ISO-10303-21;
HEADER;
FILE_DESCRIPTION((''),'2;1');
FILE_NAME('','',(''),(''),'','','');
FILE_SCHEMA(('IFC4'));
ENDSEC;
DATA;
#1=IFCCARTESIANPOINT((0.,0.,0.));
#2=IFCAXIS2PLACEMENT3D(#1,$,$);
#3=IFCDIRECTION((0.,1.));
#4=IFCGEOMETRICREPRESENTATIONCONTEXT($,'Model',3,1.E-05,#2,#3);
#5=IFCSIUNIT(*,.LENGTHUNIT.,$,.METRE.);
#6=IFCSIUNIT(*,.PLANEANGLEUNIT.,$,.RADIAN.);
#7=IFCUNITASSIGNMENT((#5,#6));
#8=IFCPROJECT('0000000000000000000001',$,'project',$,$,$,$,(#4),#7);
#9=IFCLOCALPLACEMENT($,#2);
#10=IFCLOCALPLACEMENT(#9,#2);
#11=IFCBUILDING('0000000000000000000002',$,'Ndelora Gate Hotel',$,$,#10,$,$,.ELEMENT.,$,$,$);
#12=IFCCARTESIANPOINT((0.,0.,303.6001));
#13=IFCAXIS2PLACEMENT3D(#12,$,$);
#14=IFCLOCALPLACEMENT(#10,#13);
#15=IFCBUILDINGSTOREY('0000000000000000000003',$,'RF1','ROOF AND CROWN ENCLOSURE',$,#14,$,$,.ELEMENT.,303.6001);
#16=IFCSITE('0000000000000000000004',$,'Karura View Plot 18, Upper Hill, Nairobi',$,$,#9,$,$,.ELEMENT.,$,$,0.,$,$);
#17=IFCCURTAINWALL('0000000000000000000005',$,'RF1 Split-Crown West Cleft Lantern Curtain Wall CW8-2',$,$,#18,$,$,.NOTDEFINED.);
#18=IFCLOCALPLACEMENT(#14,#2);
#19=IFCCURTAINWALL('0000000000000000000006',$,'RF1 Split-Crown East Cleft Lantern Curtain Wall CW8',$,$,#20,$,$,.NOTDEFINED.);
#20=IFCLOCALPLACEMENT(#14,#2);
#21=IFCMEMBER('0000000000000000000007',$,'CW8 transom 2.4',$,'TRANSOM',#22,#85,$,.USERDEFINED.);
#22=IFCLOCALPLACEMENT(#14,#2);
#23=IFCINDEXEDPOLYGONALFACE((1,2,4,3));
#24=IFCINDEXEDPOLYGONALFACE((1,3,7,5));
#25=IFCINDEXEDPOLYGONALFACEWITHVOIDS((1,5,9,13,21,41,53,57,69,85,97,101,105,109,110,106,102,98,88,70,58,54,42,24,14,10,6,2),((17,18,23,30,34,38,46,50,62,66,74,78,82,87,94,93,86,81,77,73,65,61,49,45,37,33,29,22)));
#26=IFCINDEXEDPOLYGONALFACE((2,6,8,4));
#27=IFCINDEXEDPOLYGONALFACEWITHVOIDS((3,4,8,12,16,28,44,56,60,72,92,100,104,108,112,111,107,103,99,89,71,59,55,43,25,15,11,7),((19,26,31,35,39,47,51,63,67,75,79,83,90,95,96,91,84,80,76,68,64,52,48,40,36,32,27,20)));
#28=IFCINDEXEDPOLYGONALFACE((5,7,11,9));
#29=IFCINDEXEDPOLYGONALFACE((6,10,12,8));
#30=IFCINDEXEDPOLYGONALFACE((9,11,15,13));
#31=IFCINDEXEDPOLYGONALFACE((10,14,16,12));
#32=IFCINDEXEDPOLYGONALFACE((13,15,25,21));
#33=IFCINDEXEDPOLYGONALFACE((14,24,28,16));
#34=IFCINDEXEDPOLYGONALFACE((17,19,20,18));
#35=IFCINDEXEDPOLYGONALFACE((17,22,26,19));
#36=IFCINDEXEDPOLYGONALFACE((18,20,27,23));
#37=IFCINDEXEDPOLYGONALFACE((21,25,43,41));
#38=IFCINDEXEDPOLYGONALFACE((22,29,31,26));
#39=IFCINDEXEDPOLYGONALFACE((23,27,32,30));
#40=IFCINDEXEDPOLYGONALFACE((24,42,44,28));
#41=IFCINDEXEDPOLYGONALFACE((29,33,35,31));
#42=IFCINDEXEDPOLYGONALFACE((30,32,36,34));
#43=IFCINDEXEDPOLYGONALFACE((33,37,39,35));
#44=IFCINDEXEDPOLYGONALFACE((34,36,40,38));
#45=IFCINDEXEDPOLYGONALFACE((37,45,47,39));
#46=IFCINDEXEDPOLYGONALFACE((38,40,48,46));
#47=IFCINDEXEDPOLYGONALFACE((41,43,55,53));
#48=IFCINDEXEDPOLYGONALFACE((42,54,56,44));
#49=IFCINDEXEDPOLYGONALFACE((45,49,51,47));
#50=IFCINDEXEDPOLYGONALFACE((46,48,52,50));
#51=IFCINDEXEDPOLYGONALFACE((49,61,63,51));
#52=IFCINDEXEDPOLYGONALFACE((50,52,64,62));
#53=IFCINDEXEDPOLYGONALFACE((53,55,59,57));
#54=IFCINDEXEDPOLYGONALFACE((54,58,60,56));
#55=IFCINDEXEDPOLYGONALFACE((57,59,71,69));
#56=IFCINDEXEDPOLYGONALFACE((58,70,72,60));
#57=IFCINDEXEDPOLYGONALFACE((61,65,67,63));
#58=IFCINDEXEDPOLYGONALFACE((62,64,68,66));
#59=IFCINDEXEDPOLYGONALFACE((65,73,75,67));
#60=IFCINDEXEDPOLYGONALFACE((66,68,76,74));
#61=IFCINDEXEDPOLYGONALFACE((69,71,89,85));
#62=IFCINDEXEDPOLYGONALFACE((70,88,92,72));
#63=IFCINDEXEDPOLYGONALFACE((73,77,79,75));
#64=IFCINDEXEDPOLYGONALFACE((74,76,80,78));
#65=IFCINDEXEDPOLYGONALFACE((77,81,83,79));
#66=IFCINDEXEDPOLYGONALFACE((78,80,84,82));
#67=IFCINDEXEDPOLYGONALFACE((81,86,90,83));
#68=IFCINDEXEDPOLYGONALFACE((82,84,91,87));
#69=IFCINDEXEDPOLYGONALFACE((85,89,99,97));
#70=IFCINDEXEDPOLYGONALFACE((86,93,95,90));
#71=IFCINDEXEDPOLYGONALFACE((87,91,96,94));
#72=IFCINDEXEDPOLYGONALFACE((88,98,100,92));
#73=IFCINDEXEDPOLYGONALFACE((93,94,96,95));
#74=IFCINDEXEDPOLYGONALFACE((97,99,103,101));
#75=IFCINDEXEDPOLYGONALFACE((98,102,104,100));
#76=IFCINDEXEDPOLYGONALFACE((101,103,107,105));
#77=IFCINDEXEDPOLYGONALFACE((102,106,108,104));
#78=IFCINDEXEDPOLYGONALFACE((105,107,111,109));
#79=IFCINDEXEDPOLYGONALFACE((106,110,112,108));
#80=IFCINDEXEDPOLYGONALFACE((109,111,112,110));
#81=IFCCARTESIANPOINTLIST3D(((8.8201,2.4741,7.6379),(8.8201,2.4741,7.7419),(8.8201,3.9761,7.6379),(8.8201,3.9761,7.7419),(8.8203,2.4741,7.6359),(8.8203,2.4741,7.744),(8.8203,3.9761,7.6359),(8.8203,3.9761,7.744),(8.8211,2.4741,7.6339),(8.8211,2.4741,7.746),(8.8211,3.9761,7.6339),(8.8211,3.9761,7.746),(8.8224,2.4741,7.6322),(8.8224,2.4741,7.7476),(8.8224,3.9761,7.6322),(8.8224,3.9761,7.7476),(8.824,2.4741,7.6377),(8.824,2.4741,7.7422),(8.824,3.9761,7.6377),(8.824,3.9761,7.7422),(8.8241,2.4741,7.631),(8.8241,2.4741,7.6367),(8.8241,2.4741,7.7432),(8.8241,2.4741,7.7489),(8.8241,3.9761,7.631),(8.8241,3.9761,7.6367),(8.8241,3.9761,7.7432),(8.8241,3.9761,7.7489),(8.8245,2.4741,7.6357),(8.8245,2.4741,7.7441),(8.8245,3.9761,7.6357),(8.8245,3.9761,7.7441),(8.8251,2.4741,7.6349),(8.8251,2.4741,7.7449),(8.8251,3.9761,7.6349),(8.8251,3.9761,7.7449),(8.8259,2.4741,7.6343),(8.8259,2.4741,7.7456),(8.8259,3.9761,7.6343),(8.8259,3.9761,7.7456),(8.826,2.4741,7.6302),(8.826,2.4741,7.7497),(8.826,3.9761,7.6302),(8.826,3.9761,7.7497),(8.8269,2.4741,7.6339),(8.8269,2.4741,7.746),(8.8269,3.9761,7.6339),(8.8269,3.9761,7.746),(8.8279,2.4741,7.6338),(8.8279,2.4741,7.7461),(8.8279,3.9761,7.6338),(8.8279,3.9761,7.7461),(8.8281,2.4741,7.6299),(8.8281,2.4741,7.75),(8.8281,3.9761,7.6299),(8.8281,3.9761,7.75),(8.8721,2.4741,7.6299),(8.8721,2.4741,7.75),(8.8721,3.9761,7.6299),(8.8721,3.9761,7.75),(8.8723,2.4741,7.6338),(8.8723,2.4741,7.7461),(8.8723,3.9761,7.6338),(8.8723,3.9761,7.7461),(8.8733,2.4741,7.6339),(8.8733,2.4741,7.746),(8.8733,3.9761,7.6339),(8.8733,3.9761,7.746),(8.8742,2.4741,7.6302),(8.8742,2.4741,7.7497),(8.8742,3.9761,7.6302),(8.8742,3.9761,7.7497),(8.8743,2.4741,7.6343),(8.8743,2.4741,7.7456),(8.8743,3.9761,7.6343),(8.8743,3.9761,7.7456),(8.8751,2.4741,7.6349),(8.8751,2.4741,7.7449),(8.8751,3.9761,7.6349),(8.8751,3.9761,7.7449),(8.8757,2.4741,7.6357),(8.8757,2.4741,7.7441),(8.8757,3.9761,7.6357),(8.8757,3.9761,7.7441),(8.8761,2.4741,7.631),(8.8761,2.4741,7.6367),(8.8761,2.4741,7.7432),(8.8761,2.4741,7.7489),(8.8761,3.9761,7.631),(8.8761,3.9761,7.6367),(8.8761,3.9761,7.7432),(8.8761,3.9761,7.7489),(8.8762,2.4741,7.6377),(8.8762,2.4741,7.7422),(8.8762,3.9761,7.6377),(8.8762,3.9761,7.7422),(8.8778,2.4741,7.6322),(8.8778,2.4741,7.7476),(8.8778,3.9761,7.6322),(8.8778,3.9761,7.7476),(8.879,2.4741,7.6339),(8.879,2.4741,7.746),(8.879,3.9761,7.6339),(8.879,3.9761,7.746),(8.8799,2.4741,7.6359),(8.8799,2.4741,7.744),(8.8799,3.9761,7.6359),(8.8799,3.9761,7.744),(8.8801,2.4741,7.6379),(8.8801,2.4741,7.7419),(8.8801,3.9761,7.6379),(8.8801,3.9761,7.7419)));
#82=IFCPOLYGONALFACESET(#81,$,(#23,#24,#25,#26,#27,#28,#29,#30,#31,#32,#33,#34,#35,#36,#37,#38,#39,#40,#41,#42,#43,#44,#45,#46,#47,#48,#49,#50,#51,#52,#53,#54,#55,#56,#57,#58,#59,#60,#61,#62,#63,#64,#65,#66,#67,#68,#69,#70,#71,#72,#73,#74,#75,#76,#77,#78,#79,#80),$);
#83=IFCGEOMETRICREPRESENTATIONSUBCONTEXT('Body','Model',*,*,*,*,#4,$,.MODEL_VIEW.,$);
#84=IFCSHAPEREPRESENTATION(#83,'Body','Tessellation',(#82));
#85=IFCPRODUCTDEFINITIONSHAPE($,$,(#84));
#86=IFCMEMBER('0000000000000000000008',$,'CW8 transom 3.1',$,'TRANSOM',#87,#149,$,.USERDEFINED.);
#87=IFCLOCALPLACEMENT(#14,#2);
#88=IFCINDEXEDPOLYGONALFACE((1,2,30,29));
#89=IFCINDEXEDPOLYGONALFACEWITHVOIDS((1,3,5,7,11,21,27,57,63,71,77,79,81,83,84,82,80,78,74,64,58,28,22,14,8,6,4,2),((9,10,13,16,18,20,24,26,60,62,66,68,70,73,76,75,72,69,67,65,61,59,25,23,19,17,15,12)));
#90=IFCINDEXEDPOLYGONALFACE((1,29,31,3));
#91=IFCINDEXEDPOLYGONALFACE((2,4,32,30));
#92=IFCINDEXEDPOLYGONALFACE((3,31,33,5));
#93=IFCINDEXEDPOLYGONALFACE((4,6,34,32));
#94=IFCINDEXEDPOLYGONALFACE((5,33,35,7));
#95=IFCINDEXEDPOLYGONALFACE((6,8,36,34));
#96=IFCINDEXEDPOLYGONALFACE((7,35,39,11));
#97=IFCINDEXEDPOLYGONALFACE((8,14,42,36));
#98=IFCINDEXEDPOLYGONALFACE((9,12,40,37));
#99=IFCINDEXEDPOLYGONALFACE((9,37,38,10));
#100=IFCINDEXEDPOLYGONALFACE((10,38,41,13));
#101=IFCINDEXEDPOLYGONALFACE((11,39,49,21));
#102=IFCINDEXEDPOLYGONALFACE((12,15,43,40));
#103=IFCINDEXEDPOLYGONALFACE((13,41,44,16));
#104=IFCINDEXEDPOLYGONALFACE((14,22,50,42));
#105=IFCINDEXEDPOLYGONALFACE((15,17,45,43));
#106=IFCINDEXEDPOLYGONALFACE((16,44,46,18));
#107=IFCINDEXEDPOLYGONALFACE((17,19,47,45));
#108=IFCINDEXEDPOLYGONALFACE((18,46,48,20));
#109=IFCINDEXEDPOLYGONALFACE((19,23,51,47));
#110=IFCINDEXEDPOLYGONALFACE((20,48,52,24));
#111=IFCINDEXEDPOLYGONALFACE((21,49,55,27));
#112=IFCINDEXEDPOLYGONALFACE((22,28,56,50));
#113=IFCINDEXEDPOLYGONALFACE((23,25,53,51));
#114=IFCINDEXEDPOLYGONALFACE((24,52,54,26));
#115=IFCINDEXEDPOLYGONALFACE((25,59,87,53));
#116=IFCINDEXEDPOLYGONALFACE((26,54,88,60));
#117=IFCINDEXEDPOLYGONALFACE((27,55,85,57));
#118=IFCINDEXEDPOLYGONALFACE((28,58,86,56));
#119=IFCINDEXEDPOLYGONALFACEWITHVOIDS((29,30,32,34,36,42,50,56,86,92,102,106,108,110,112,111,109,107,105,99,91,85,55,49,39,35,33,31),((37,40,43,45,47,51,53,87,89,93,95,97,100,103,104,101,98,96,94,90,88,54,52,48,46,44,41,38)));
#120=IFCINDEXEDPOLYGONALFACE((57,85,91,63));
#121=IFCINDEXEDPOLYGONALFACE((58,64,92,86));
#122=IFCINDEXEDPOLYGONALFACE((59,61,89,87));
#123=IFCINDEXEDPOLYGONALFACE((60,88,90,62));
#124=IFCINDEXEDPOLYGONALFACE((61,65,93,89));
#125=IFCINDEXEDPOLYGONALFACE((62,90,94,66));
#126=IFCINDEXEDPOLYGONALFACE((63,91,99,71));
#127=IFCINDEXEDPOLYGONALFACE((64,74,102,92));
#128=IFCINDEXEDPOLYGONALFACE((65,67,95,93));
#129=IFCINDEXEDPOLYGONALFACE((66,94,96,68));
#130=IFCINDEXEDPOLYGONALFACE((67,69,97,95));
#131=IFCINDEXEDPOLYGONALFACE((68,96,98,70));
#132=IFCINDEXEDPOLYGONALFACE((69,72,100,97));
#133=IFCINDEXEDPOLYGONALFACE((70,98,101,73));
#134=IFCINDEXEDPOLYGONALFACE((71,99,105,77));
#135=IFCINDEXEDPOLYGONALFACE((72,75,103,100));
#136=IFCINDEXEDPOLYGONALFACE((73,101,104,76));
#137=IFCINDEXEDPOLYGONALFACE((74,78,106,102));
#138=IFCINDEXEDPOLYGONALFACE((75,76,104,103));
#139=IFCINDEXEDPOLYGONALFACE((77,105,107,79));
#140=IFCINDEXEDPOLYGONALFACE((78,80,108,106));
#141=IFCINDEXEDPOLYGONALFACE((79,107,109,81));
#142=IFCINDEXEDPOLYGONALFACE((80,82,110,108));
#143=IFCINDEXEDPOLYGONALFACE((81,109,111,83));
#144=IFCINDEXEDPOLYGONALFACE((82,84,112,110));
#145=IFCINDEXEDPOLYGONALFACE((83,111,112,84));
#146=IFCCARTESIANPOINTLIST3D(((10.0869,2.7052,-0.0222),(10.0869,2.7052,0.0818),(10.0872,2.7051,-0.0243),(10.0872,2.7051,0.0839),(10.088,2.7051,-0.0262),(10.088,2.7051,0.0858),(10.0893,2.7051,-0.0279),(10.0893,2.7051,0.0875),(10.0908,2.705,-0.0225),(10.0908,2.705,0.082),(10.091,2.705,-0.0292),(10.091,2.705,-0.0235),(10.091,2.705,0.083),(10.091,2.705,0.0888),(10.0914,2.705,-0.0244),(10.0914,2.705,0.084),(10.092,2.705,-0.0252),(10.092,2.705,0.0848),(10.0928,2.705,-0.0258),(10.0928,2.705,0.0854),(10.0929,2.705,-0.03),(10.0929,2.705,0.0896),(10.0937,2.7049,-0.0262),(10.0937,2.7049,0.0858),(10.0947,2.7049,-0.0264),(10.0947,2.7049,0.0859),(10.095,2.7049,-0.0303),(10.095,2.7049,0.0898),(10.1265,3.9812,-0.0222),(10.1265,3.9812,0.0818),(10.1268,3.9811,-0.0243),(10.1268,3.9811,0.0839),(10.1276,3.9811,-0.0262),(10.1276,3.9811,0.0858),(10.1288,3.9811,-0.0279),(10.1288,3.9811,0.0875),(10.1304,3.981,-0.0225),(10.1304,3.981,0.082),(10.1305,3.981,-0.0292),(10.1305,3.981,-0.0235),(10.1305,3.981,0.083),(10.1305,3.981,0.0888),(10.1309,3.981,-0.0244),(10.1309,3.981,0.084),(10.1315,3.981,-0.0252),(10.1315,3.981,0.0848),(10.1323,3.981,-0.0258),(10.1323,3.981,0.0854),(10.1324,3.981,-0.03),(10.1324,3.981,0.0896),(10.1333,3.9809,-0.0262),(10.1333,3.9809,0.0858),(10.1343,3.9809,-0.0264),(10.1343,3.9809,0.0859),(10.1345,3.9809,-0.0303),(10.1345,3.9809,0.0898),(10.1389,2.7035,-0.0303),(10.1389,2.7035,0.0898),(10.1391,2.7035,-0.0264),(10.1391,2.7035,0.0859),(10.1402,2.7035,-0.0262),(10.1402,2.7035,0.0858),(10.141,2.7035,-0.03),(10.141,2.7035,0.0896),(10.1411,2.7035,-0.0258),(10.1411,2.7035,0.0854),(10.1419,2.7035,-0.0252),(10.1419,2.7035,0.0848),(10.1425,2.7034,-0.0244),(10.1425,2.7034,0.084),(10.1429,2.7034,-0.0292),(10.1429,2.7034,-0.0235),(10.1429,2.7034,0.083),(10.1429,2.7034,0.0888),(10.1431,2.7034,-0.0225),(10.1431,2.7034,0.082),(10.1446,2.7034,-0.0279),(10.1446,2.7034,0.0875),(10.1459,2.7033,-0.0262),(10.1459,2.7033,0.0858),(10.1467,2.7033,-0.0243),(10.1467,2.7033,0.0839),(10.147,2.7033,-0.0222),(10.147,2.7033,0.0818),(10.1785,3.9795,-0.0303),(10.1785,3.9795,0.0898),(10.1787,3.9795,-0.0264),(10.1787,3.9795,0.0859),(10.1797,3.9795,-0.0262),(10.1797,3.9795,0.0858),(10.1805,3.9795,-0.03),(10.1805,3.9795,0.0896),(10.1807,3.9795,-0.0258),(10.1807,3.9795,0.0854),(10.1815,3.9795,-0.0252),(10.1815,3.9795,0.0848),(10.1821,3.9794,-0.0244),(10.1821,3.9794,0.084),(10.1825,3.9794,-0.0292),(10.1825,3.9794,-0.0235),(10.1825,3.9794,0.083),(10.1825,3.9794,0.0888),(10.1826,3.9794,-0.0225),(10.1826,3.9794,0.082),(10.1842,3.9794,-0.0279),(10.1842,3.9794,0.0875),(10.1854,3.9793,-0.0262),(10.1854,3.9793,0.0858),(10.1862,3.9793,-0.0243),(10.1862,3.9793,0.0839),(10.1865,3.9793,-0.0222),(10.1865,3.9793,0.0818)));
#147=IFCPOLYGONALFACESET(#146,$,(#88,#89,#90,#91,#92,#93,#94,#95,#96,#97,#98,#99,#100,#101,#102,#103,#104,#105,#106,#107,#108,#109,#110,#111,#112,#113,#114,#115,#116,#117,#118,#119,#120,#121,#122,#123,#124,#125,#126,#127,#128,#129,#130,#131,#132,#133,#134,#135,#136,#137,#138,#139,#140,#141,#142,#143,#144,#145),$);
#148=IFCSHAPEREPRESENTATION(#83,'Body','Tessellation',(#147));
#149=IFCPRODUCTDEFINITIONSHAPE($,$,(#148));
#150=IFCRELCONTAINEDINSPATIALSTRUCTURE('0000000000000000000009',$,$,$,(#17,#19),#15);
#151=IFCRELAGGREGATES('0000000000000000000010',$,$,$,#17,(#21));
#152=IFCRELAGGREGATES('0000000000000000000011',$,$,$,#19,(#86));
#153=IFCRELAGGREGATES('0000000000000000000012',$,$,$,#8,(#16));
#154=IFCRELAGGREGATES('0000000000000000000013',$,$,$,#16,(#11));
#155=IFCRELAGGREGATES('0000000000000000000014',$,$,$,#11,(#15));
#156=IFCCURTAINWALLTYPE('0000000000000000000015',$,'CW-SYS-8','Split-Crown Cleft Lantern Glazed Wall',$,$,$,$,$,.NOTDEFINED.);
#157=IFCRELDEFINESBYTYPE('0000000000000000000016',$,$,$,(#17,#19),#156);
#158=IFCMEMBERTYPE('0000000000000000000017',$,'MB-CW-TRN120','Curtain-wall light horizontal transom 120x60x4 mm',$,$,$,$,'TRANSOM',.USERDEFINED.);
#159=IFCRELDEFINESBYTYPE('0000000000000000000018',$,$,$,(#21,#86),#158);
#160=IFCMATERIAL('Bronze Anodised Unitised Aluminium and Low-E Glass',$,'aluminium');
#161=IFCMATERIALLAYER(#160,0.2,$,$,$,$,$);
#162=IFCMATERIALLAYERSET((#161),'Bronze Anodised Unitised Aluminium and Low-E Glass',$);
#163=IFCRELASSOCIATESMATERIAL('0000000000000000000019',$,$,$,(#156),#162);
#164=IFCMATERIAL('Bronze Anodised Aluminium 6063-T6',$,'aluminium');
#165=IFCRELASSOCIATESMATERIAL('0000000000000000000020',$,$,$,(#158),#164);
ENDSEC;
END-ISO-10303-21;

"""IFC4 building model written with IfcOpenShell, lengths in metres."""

from ifc_helpers import new_model, si_unit, direction, frame, origin, origin_2d, place, context, subcontext, project, spatial, hollow_rectangle, extrude, material, layer, layer_set, material_profile, profile_set, type_object, element, aggregate, save


model = new_model("IFC4")

# Units and contexts
model_context = context("Model", 3, precision=1e-05, world=origin(), true_north=direction((0.0, 1.0)))
body_context = subcontext(model_context, "Body", "Model", "MODEL_VIEW")
ifc_project = project(units=[si_unit("LENGTHUNIT", "METRE"), si_unit("PLANEANGLEUNIT", "RADIAN")], contexts=[model_context])

# Site, building, storey
site_placement = place(None, origin())
site = spatial("IfcSite", under=ifc_project, at=site_placement, Name="Karura View Plot 18, Upper Hill, Nairobi", CompositionType="ELEMENT", RefElevation=0.0)
building_placement = place(site_placement, origin())
building = spatial("IfcBuilding", under=site, at=building_placement, Name="Ndelora Gate Hotel", CompositionType="ELEMENT")
storey_placement = place(building_placement, frame((0.0, 0.0, 303.6001)))
storey = spatial("IfcBuildingStorey", under=building, at=storey_placement, Name="RF1", Description="ROOF AND CROWN ENCLOSURE", CompositionType="ELEMENT", Elevation=303.6001)

# Curtain wall
ifc_material_1 = material(Name="Bronze Anodised Unitised Aluminium and Low-E Glass", Category="aluminium")
ifc_layer_1 = layer(ifc_material_1, 0.2)
ifc_layer_set_1 = layer_set([ifc_layer_1], Name="Bronze Anodised Unitised Aluminium and Low-E Glass")
curtain_wall_type = type_object("IfcCurtainWallType", Name="CW-SYS-8", Description="Split-Crown Cleft Lantern Glazed Wall", PredefinedType="NOTDEFINED", material=ifc_layer_set_1)
curtain_wall_1_placement = place(storey_placement, origin())
curtain_wall_1 = element("IfcCurtainWall", 1, at=curtain_wall_1_placement, inside=storey, type_object=curtain_wall_type, Name="RF1 Split-Crown West Cleft Lantern Curtain Wall CW8-2", PredefinedType="NOTDEFINED")
ifc_material_2 = material(Name="Bronze Anodised Aluminium 6063-T6", Category="aluminium")

# Curtain wall
curtain_wall_2_placement = place(storey_placement, origin())
curtain_wall_2 = element("IfcCurtainWall", 2, at=curtain_wall_2_placement, inside=storey, type_object=curtain_wall_type, Name="RF1 Split-Crown East Cleft Lantern Curtain Wall CW8", PredefinedType="NOTDEFINED")

# Members
ifc_material_profile_1 = material_profile(ifc_material_2, hollow_rectangle(XDim=0.0601, YDim=0.1201, WallThickness=0.0039, InnerFilletRadius=0.0039, OuterFilletRadius=0.0081, at=origin_2d()), Name="ALU 120x60x4")
ifc_profile_set_1 = profile_set([ifc_material_profile_1], Name="Bronze Anodised Aluminium 6063-T6")
member_type_1 = type_object("IfcMemberType", Name="MB-CW-TRN120", Description="Curtain-wall light horizontal transom 120x60x4 mm", ElementType="TRANSOM", PredefinedType="USERDEFINED", material=ifc_profile_set_1)
member_1_placement = place(storey_placement, frame((8.8501, 2.4741, 7.6899), z_axis=(0.0, 1.0, 0.0), x_axis=(-1.0, 0.0, 0.0)))
member_1 = element("IfcMember", 3, at=member_1_placement, type_object=member_type_1, Name="CW8 transom 2.4", ObjectType="TRANSOM", PredefinedType="USERDEFINED", context=body_context, shape_type="SweptSolid", body=[
    extrude(hollow_rectangle(XDim=0.0601, YDim=0.1201, WallThickness=0.0039, InnerFilletRadius=0.0039, OuterFilletRadius=0.0081, at=origin_2d()), origin(), (0.0, 0.0, 1.0), 1.502),
])
member_2_placement = place(storey_placement, frame((10.1565, 3.9802, 0.0298), z_axis=(-0.030984, -0.99952, 0.0), x_axis=(0.99952, -0.030984, 0.0)))
member_2 = element("IfcMember", 4, at=member_2_placement, type_object=member_type_1, Name="CW8 transom 3.1", ObjectType="TRANSOM", PredefinedType="USERDEFINED", context=body_context, shape_type="SweptSolid", body=[
    extrude(hollow_rectangle(XDim=0.0601, YDim=0.1201, WallThickness=0.0039, InnerFilletRadius=0.0039, OuterFilletRadius=0.0081, at=origin_2d()), origin(), (0.0, 0.0, 1.0), 1.2766),
])

aggregate(curtain_wall_1, [member_1])
aggregate(curtain_wall_2, [member_2])

save(model, "model.ifc")
